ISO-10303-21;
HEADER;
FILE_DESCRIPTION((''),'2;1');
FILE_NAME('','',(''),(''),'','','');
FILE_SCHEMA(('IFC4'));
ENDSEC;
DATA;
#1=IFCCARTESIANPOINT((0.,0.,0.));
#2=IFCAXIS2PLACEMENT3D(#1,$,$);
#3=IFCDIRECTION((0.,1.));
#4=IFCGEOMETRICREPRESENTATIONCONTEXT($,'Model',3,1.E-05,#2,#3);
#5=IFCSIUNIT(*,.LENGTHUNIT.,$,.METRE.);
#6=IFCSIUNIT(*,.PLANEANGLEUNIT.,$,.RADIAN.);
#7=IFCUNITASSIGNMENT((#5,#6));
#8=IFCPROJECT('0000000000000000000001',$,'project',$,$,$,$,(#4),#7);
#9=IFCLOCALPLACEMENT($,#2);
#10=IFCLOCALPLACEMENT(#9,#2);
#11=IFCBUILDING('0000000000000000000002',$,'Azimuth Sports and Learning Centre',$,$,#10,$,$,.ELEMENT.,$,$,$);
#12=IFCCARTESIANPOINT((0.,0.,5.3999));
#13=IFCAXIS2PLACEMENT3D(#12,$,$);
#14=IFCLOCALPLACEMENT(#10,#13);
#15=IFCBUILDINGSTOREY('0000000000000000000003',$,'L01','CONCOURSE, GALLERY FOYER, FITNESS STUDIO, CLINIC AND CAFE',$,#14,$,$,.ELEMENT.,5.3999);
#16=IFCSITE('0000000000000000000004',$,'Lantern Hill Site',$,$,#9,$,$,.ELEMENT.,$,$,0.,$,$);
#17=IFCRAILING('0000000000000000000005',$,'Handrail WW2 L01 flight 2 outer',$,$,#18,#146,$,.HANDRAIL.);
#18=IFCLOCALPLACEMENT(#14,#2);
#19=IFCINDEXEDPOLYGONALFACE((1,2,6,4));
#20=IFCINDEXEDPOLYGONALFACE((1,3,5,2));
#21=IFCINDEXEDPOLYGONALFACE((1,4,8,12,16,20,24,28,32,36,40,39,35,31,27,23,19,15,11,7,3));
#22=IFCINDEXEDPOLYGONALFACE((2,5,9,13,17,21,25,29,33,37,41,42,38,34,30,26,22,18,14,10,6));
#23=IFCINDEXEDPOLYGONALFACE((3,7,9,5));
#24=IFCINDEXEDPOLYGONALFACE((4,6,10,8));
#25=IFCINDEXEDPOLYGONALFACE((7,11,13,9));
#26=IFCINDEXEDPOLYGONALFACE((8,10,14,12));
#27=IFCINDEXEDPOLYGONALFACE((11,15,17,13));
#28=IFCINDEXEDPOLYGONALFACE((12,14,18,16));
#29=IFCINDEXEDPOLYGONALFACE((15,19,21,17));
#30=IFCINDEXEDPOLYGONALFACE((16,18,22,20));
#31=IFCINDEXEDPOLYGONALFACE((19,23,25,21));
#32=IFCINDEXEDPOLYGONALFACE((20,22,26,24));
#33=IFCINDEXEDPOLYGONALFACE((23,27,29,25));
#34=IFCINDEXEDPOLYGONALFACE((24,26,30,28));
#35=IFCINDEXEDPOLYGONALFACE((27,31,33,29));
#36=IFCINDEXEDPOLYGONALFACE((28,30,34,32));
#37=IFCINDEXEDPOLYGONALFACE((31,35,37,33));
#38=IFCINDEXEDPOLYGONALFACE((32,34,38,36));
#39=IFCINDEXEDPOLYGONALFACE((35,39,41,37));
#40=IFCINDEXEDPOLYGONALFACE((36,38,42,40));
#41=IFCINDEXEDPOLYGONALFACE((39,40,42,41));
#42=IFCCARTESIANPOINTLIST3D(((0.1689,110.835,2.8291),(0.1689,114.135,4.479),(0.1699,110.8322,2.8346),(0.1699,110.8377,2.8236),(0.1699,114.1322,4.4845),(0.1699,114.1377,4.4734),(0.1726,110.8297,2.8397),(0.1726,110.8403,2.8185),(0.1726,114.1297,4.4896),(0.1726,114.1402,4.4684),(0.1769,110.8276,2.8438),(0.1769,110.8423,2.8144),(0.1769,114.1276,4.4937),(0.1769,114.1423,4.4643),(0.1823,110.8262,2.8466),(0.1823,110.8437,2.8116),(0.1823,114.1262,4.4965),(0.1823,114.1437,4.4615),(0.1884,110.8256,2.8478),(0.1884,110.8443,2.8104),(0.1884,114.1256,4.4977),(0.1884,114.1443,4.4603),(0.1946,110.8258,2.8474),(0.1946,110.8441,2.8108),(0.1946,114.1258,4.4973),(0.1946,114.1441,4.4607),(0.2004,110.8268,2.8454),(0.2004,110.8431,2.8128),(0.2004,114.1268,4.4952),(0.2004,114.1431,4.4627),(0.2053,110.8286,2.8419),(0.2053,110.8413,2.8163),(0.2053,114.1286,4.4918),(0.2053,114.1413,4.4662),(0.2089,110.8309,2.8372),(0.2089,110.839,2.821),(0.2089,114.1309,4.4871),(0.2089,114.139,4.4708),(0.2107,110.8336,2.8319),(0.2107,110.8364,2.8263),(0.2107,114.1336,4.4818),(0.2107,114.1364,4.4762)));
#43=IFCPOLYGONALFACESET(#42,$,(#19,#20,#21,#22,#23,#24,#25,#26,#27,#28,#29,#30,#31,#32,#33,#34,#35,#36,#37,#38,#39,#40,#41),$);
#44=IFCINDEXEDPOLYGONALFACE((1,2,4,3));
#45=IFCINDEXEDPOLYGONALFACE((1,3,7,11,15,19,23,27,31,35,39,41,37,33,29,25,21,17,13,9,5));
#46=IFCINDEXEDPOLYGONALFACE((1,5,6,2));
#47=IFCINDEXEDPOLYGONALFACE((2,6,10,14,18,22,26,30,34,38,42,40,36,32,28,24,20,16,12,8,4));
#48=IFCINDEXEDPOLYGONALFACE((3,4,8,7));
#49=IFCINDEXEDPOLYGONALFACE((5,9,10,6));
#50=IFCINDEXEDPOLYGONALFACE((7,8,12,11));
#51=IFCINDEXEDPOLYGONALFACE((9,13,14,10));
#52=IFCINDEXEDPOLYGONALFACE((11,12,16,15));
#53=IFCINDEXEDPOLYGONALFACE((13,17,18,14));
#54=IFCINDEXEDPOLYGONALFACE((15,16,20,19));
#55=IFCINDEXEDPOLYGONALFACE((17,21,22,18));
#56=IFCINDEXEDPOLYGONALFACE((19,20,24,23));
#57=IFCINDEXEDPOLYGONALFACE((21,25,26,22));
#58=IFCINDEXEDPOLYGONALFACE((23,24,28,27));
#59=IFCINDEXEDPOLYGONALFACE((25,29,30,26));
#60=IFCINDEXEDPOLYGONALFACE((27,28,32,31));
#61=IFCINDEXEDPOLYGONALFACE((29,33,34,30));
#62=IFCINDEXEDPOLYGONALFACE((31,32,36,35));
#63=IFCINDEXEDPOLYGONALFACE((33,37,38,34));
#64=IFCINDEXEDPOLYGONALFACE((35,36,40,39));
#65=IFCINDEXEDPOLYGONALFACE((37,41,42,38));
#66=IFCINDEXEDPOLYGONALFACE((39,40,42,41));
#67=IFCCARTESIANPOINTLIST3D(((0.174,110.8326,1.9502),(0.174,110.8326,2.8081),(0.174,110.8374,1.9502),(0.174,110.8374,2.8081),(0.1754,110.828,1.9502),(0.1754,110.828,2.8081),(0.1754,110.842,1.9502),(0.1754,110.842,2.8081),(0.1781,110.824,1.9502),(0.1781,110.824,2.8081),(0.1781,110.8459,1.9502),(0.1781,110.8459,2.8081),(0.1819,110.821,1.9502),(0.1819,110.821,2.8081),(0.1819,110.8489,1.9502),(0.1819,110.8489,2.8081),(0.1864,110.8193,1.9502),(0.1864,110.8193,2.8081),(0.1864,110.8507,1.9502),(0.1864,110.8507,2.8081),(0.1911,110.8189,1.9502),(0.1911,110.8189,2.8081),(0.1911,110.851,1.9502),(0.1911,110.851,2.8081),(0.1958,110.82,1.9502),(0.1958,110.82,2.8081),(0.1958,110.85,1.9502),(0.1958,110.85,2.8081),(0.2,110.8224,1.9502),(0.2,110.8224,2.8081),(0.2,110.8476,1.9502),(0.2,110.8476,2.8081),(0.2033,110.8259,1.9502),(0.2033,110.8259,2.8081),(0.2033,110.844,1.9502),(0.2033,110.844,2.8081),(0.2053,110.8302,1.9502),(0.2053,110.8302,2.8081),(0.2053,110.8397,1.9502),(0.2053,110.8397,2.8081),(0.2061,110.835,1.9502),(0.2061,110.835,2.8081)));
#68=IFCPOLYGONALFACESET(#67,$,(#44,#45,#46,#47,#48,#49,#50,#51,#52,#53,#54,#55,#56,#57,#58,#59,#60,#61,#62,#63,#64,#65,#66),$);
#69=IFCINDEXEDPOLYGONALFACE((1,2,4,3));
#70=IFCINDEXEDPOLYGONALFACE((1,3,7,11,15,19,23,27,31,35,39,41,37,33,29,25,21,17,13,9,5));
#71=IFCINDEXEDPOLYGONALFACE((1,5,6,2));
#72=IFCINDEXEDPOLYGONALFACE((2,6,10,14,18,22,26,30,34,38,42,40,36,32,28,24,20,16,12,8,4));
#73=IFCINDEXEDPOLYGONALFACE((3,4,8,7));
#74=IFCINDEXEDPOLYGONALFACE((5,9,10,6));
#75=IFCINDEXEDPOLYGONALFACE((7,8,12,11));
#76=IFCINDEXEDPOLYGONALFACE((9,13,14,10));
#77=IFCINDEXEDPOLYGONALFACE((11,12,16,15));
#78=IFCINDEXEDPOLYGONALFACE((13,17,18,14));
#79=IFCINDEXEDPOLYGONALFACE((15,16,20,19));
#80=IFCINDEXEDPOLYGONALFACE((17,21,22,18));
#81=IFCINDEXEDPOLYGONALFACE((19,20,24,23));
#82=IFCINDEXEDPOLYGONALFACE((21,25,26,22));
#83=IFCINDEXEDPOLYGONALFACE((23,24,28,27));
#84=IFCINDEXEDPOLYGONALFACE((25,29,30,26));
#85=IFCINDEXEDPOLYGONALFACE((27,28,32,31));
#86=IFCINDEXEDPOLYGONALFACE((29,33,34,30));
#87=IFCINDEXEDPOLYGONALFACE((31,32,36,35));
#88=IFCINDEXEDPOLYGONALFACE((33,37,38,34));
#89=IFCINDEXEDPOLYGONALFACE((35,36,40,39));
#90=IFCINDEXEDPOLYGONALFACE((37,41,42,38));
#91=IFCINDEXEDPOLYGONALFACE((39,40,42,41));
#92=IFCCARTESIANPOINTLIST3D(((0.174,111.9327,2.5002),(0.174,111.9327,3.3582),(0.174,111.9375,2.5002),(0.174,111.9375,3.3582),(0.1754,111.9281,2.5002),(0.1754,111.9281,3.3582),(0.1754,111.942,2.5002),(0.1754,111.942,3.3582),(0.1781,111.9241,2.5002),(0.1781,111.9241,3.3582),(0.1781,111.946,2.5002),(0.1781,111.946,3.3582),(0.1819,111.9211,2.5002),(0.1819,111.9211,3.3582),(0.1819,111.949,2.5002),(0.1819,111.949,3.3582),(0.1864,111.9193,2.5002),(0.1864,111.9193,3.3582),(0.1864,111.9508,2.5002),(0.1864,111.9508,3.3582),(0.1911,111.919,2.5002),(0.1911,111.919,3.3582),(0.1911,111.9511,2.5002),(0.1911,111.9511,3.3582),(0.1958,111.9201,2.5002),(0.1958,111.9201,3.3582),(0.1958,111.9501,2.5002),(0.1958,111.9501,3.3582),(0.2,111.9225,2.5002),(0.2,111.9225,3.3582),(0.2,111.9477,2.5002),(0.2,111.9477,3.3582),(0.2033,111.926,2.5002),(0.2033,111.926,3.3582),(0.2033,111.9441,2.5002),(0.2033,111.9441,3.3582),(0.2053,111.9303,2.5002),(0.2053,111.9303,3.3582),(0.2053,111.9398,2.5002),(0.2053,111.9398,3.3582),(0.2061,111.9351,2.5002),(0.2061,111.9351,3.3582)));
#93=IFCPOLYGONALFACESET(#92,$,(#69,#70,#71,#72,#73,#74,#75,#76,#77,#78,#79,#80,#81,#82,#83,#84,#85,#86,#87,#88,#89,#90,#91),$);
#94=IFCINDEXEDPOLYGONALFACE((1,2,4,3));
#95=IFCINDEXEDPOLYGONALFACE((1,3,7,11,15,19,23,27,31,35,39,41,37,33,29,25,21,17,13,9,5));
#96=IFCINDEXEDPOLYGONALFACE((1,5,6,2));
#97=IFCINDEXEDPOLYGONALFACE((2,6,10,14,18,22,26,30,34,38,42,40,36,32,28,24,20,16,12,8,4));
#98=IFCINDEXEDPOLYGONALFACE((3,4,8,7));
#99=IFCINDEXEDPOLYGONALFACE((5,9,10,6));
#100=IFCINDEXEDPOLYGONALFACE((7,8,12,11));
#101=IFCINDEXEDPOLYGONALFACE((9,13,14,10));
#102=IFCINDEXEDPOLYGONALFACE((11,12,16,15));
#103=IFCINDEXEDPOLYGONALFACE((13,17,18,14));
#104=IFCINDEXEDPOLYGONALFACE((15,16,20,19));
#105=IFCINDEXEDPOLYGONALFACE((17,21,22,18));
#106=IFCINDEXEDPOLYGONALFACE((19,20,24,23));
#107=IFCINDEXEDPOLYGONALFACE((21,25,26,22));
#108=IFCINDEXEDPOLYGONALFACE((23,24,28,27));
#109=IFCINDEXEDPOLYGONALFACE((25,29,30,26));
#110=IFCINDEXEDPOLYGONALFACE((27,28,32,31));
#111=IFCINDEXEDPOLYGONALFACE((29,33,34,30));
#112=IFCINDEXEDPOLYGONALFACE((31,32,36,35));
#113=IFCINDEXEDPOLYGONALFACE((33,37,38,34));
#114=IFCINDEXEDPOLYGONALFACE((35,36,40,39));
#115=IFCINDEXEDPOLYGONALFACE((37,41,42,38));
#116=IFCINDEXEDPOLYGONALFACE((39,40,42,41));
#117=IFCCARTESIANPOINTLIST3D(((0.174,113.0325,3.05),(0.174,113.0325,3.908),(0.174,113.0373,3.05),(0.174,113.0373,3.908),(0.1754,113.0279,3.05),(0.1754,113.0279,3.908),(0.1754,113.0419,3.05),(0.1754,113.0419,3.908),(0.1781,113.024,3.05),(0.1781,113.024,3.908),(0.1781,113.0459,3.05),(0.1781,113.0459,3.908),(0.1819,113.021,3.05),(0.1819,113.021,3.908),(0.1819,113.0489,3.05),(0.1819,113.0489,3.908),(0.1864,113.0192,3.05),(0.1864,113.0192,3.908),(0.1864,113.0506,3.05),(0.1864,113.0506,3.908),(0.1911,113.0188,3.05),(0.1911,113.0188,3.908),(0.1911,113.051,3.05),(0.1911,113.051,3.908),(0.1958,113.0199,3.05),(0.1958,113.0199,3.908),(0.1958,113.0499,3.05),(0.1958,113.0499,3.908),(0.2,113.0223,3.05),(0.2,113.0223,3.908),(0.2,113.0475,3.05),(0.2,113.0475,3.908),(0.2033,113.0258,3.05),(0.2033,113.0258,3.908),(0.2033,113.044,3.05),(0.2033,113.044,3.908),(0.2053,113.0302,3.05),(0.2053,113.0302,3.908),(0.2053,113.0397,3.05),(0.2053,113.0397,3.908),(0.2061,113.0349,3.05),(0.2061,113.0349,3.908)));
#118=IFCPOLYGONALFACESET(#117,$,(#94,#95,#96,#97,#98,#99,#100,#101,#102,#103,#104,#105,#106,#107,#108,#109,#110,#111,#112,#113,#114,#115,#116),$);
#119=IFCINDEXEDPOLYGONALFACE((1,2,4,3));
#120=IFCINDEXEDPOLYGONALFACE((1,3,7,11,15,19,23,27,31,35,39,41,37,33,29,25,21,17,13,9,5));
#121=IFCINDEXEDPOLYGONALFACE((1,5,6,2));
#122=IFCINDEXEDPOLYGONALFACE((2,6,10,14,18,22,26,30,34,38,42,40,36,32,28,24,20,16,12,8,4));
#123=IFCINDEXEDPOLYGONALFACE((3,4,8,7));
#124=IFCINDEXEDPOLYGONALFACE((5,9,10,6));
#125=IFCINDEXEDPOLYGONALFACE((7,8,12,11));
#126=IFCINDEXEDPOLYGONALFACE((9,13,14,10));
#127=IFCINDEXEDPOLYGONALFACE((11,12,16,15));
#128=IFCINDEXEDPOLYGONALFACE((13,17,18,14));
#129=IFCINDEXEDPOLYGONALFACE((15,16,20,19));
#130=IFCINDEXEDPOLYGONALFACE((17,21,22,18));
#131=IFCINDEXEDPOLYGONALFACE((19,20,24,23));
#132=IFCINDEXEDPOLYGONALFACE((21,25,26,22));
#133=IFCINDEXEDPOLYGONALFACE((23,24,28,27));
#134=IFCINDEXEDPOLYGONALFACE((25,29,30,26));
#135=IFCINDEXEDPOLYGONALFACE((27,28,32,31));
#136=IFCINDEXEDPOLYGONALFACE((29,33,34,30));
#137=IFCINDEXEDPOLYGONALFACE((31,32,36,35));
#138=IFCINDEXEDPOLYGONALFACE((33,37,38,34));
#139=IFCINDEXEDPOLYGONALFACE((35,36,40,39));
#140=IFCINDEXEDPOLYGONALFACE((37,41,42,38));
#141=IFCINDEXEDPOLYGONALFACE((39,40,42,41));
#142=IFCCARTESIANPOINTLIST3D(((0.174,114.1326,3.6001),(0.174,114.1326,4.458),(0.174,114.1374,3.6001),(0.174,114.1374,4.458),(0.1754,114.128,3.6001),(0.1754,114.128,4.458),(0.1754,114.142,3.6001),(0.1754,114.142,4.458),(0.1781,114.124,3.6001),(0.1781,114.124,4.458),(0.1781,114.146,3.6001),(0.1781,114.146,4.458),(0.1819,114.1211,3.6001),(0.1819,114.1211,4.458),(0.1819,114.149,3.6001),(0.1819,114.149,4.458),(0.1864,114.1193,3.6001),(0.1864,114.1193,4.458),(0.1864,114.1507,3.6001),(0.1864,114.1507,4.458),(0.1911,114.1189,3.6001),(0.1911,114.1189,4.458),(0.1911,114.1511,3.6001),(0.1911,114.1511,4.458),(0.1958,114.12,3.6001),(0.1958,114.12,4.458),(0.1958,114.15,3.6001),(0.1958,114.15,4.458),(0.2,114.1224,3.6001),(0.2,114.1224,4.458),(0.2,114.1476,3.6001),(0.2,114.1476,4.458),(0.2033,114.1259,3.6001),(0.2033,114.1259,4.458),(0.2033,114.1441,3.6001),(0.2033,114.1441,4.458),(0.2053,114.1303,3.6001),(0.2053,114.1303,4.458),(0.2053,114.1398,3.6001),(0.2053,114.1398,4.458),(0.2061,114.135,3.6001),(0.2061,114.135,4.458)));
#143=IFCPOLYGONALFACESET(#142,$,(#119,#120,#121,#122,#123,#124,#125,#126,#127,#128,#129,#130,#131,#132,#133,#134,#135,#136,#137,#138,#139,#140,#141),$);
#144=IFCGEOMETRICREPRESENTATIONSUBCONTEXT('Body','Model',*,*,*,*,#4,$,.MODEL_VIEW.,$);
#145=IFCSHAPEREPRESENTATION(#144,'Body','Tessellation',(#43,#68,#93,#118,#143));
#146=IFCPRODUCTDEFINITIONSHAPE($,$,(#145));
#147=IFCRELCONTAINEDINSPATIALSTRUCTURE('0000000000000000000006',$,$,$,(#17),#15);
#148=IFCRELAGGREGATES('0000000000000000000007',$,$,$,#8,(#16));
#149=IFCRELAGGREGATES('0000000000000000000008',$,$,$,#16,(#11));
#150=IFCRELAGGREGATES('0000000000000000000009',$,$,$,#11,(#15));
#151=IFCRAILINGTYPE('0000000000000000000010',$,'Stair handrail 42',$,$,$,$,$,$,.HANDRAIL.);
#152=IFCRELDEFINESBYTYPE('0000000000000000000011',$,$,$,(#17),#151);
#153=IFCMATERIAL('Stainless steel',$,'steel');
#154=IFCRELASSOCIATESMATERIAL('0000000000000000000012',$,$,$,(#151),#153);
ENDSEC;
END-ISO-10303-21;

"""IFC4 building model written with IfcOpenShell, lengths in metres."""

from ifc_helpers import new_model, si_unit, direction, frame, origin, origin_2d, place, context, subcontext, project, spatial, circle, extrude, material, type_object, element, save


model = new_model("IFC4")

# Units and contexts
model_context = context("Model", 3, precision=1e-05, world=origin(), true_north=direction((0.0, 1.0)))
body_context = subcontext(model_context, "Body", "Model", "MODEL_VIEW")
ifc_project = project(units=[si_unit("LENGTHUNIT", "METRE"), si_unit("PLANEANGLEUNIT", "RADIAN")], contexts=[model_context])

# Site, building, storey
site_placement = place(None, origin())
site = spatial("IfcSite", under=ifc_project, at=site_placement, Name="Lantern Hill Site", CompositionType="ELEMENT", RefElevation=0.0)
building_placement = place(site_placement, origin())
building = spatial("IfcBuilding", under=site, at=building_placement, Name="Azimuth Sports and Learning Centre", CompositionType="ELEMENT")
storey_placement = place(building_placement, frame((0.0, 0.0, 5.3999)))
storey = spatial("IfcBuildingStorey", under=building, at=storey_placement, Name="L01", Description="CONCOURSE, GALLERY FOYER, FITNESS STUDIO, CLINIC AND CAFE", CompositionType="ELEMENT", Elevation=5.3999)

# Railing
ifc_material_1 = material(Name="Stainless steel", Category="steel")
railing_type_1 = type_object("IfcRailingType", Name="Stair handrail 42", PredefinedType="HANDRAIL", material=ifc_material_1)
for number, where, name in (
    (1, (0.1899, 110.835, 1.9502), "Handrail WW2 L01 flight 2 outer"),
):
    element("IfcRailing", number, at=place(storey_placement, frame(where)), inside=storey, type_object=railing_type_1, Name=name, PredefinedType="HANDRAIL", context=body_context, shape_type="SweptSolid", body=[
        extrude(circle(Radius=0.021, at=origin_2d()), frame((0.0, 0.0, 0.8789), z_axis=(0.0, 0.89444, 0.447187), x_axis=(-1.0, 0.0, 0.0)), (0.0, 0.0, 1.0), 3.6895),
        extrude(circle(Radius=0.0161, at=origin_2d()), origin(), (0.0, 0.0, 1.0), 0.8579),
        extrude(circle(Radius=0.0161, at=origin_2d()), frame((0.0, 1.1001, 0.55)), (0.0, 0.0, 1.0), 0.8579),
        extrude(circle(Radius=0.0161, at=origin_2d()), frame((0.0, 2.2, 1.0999)), (0.0, 0.0, 1.0), 0.8579),
        extrude(circle(Radius=0.0161, at=origin_2d()), frame((0.0, 3.3, 1.6499)), (0.0, 0.0, 1.0), 0.8579),
    ])

save(model, "model.ifc")
